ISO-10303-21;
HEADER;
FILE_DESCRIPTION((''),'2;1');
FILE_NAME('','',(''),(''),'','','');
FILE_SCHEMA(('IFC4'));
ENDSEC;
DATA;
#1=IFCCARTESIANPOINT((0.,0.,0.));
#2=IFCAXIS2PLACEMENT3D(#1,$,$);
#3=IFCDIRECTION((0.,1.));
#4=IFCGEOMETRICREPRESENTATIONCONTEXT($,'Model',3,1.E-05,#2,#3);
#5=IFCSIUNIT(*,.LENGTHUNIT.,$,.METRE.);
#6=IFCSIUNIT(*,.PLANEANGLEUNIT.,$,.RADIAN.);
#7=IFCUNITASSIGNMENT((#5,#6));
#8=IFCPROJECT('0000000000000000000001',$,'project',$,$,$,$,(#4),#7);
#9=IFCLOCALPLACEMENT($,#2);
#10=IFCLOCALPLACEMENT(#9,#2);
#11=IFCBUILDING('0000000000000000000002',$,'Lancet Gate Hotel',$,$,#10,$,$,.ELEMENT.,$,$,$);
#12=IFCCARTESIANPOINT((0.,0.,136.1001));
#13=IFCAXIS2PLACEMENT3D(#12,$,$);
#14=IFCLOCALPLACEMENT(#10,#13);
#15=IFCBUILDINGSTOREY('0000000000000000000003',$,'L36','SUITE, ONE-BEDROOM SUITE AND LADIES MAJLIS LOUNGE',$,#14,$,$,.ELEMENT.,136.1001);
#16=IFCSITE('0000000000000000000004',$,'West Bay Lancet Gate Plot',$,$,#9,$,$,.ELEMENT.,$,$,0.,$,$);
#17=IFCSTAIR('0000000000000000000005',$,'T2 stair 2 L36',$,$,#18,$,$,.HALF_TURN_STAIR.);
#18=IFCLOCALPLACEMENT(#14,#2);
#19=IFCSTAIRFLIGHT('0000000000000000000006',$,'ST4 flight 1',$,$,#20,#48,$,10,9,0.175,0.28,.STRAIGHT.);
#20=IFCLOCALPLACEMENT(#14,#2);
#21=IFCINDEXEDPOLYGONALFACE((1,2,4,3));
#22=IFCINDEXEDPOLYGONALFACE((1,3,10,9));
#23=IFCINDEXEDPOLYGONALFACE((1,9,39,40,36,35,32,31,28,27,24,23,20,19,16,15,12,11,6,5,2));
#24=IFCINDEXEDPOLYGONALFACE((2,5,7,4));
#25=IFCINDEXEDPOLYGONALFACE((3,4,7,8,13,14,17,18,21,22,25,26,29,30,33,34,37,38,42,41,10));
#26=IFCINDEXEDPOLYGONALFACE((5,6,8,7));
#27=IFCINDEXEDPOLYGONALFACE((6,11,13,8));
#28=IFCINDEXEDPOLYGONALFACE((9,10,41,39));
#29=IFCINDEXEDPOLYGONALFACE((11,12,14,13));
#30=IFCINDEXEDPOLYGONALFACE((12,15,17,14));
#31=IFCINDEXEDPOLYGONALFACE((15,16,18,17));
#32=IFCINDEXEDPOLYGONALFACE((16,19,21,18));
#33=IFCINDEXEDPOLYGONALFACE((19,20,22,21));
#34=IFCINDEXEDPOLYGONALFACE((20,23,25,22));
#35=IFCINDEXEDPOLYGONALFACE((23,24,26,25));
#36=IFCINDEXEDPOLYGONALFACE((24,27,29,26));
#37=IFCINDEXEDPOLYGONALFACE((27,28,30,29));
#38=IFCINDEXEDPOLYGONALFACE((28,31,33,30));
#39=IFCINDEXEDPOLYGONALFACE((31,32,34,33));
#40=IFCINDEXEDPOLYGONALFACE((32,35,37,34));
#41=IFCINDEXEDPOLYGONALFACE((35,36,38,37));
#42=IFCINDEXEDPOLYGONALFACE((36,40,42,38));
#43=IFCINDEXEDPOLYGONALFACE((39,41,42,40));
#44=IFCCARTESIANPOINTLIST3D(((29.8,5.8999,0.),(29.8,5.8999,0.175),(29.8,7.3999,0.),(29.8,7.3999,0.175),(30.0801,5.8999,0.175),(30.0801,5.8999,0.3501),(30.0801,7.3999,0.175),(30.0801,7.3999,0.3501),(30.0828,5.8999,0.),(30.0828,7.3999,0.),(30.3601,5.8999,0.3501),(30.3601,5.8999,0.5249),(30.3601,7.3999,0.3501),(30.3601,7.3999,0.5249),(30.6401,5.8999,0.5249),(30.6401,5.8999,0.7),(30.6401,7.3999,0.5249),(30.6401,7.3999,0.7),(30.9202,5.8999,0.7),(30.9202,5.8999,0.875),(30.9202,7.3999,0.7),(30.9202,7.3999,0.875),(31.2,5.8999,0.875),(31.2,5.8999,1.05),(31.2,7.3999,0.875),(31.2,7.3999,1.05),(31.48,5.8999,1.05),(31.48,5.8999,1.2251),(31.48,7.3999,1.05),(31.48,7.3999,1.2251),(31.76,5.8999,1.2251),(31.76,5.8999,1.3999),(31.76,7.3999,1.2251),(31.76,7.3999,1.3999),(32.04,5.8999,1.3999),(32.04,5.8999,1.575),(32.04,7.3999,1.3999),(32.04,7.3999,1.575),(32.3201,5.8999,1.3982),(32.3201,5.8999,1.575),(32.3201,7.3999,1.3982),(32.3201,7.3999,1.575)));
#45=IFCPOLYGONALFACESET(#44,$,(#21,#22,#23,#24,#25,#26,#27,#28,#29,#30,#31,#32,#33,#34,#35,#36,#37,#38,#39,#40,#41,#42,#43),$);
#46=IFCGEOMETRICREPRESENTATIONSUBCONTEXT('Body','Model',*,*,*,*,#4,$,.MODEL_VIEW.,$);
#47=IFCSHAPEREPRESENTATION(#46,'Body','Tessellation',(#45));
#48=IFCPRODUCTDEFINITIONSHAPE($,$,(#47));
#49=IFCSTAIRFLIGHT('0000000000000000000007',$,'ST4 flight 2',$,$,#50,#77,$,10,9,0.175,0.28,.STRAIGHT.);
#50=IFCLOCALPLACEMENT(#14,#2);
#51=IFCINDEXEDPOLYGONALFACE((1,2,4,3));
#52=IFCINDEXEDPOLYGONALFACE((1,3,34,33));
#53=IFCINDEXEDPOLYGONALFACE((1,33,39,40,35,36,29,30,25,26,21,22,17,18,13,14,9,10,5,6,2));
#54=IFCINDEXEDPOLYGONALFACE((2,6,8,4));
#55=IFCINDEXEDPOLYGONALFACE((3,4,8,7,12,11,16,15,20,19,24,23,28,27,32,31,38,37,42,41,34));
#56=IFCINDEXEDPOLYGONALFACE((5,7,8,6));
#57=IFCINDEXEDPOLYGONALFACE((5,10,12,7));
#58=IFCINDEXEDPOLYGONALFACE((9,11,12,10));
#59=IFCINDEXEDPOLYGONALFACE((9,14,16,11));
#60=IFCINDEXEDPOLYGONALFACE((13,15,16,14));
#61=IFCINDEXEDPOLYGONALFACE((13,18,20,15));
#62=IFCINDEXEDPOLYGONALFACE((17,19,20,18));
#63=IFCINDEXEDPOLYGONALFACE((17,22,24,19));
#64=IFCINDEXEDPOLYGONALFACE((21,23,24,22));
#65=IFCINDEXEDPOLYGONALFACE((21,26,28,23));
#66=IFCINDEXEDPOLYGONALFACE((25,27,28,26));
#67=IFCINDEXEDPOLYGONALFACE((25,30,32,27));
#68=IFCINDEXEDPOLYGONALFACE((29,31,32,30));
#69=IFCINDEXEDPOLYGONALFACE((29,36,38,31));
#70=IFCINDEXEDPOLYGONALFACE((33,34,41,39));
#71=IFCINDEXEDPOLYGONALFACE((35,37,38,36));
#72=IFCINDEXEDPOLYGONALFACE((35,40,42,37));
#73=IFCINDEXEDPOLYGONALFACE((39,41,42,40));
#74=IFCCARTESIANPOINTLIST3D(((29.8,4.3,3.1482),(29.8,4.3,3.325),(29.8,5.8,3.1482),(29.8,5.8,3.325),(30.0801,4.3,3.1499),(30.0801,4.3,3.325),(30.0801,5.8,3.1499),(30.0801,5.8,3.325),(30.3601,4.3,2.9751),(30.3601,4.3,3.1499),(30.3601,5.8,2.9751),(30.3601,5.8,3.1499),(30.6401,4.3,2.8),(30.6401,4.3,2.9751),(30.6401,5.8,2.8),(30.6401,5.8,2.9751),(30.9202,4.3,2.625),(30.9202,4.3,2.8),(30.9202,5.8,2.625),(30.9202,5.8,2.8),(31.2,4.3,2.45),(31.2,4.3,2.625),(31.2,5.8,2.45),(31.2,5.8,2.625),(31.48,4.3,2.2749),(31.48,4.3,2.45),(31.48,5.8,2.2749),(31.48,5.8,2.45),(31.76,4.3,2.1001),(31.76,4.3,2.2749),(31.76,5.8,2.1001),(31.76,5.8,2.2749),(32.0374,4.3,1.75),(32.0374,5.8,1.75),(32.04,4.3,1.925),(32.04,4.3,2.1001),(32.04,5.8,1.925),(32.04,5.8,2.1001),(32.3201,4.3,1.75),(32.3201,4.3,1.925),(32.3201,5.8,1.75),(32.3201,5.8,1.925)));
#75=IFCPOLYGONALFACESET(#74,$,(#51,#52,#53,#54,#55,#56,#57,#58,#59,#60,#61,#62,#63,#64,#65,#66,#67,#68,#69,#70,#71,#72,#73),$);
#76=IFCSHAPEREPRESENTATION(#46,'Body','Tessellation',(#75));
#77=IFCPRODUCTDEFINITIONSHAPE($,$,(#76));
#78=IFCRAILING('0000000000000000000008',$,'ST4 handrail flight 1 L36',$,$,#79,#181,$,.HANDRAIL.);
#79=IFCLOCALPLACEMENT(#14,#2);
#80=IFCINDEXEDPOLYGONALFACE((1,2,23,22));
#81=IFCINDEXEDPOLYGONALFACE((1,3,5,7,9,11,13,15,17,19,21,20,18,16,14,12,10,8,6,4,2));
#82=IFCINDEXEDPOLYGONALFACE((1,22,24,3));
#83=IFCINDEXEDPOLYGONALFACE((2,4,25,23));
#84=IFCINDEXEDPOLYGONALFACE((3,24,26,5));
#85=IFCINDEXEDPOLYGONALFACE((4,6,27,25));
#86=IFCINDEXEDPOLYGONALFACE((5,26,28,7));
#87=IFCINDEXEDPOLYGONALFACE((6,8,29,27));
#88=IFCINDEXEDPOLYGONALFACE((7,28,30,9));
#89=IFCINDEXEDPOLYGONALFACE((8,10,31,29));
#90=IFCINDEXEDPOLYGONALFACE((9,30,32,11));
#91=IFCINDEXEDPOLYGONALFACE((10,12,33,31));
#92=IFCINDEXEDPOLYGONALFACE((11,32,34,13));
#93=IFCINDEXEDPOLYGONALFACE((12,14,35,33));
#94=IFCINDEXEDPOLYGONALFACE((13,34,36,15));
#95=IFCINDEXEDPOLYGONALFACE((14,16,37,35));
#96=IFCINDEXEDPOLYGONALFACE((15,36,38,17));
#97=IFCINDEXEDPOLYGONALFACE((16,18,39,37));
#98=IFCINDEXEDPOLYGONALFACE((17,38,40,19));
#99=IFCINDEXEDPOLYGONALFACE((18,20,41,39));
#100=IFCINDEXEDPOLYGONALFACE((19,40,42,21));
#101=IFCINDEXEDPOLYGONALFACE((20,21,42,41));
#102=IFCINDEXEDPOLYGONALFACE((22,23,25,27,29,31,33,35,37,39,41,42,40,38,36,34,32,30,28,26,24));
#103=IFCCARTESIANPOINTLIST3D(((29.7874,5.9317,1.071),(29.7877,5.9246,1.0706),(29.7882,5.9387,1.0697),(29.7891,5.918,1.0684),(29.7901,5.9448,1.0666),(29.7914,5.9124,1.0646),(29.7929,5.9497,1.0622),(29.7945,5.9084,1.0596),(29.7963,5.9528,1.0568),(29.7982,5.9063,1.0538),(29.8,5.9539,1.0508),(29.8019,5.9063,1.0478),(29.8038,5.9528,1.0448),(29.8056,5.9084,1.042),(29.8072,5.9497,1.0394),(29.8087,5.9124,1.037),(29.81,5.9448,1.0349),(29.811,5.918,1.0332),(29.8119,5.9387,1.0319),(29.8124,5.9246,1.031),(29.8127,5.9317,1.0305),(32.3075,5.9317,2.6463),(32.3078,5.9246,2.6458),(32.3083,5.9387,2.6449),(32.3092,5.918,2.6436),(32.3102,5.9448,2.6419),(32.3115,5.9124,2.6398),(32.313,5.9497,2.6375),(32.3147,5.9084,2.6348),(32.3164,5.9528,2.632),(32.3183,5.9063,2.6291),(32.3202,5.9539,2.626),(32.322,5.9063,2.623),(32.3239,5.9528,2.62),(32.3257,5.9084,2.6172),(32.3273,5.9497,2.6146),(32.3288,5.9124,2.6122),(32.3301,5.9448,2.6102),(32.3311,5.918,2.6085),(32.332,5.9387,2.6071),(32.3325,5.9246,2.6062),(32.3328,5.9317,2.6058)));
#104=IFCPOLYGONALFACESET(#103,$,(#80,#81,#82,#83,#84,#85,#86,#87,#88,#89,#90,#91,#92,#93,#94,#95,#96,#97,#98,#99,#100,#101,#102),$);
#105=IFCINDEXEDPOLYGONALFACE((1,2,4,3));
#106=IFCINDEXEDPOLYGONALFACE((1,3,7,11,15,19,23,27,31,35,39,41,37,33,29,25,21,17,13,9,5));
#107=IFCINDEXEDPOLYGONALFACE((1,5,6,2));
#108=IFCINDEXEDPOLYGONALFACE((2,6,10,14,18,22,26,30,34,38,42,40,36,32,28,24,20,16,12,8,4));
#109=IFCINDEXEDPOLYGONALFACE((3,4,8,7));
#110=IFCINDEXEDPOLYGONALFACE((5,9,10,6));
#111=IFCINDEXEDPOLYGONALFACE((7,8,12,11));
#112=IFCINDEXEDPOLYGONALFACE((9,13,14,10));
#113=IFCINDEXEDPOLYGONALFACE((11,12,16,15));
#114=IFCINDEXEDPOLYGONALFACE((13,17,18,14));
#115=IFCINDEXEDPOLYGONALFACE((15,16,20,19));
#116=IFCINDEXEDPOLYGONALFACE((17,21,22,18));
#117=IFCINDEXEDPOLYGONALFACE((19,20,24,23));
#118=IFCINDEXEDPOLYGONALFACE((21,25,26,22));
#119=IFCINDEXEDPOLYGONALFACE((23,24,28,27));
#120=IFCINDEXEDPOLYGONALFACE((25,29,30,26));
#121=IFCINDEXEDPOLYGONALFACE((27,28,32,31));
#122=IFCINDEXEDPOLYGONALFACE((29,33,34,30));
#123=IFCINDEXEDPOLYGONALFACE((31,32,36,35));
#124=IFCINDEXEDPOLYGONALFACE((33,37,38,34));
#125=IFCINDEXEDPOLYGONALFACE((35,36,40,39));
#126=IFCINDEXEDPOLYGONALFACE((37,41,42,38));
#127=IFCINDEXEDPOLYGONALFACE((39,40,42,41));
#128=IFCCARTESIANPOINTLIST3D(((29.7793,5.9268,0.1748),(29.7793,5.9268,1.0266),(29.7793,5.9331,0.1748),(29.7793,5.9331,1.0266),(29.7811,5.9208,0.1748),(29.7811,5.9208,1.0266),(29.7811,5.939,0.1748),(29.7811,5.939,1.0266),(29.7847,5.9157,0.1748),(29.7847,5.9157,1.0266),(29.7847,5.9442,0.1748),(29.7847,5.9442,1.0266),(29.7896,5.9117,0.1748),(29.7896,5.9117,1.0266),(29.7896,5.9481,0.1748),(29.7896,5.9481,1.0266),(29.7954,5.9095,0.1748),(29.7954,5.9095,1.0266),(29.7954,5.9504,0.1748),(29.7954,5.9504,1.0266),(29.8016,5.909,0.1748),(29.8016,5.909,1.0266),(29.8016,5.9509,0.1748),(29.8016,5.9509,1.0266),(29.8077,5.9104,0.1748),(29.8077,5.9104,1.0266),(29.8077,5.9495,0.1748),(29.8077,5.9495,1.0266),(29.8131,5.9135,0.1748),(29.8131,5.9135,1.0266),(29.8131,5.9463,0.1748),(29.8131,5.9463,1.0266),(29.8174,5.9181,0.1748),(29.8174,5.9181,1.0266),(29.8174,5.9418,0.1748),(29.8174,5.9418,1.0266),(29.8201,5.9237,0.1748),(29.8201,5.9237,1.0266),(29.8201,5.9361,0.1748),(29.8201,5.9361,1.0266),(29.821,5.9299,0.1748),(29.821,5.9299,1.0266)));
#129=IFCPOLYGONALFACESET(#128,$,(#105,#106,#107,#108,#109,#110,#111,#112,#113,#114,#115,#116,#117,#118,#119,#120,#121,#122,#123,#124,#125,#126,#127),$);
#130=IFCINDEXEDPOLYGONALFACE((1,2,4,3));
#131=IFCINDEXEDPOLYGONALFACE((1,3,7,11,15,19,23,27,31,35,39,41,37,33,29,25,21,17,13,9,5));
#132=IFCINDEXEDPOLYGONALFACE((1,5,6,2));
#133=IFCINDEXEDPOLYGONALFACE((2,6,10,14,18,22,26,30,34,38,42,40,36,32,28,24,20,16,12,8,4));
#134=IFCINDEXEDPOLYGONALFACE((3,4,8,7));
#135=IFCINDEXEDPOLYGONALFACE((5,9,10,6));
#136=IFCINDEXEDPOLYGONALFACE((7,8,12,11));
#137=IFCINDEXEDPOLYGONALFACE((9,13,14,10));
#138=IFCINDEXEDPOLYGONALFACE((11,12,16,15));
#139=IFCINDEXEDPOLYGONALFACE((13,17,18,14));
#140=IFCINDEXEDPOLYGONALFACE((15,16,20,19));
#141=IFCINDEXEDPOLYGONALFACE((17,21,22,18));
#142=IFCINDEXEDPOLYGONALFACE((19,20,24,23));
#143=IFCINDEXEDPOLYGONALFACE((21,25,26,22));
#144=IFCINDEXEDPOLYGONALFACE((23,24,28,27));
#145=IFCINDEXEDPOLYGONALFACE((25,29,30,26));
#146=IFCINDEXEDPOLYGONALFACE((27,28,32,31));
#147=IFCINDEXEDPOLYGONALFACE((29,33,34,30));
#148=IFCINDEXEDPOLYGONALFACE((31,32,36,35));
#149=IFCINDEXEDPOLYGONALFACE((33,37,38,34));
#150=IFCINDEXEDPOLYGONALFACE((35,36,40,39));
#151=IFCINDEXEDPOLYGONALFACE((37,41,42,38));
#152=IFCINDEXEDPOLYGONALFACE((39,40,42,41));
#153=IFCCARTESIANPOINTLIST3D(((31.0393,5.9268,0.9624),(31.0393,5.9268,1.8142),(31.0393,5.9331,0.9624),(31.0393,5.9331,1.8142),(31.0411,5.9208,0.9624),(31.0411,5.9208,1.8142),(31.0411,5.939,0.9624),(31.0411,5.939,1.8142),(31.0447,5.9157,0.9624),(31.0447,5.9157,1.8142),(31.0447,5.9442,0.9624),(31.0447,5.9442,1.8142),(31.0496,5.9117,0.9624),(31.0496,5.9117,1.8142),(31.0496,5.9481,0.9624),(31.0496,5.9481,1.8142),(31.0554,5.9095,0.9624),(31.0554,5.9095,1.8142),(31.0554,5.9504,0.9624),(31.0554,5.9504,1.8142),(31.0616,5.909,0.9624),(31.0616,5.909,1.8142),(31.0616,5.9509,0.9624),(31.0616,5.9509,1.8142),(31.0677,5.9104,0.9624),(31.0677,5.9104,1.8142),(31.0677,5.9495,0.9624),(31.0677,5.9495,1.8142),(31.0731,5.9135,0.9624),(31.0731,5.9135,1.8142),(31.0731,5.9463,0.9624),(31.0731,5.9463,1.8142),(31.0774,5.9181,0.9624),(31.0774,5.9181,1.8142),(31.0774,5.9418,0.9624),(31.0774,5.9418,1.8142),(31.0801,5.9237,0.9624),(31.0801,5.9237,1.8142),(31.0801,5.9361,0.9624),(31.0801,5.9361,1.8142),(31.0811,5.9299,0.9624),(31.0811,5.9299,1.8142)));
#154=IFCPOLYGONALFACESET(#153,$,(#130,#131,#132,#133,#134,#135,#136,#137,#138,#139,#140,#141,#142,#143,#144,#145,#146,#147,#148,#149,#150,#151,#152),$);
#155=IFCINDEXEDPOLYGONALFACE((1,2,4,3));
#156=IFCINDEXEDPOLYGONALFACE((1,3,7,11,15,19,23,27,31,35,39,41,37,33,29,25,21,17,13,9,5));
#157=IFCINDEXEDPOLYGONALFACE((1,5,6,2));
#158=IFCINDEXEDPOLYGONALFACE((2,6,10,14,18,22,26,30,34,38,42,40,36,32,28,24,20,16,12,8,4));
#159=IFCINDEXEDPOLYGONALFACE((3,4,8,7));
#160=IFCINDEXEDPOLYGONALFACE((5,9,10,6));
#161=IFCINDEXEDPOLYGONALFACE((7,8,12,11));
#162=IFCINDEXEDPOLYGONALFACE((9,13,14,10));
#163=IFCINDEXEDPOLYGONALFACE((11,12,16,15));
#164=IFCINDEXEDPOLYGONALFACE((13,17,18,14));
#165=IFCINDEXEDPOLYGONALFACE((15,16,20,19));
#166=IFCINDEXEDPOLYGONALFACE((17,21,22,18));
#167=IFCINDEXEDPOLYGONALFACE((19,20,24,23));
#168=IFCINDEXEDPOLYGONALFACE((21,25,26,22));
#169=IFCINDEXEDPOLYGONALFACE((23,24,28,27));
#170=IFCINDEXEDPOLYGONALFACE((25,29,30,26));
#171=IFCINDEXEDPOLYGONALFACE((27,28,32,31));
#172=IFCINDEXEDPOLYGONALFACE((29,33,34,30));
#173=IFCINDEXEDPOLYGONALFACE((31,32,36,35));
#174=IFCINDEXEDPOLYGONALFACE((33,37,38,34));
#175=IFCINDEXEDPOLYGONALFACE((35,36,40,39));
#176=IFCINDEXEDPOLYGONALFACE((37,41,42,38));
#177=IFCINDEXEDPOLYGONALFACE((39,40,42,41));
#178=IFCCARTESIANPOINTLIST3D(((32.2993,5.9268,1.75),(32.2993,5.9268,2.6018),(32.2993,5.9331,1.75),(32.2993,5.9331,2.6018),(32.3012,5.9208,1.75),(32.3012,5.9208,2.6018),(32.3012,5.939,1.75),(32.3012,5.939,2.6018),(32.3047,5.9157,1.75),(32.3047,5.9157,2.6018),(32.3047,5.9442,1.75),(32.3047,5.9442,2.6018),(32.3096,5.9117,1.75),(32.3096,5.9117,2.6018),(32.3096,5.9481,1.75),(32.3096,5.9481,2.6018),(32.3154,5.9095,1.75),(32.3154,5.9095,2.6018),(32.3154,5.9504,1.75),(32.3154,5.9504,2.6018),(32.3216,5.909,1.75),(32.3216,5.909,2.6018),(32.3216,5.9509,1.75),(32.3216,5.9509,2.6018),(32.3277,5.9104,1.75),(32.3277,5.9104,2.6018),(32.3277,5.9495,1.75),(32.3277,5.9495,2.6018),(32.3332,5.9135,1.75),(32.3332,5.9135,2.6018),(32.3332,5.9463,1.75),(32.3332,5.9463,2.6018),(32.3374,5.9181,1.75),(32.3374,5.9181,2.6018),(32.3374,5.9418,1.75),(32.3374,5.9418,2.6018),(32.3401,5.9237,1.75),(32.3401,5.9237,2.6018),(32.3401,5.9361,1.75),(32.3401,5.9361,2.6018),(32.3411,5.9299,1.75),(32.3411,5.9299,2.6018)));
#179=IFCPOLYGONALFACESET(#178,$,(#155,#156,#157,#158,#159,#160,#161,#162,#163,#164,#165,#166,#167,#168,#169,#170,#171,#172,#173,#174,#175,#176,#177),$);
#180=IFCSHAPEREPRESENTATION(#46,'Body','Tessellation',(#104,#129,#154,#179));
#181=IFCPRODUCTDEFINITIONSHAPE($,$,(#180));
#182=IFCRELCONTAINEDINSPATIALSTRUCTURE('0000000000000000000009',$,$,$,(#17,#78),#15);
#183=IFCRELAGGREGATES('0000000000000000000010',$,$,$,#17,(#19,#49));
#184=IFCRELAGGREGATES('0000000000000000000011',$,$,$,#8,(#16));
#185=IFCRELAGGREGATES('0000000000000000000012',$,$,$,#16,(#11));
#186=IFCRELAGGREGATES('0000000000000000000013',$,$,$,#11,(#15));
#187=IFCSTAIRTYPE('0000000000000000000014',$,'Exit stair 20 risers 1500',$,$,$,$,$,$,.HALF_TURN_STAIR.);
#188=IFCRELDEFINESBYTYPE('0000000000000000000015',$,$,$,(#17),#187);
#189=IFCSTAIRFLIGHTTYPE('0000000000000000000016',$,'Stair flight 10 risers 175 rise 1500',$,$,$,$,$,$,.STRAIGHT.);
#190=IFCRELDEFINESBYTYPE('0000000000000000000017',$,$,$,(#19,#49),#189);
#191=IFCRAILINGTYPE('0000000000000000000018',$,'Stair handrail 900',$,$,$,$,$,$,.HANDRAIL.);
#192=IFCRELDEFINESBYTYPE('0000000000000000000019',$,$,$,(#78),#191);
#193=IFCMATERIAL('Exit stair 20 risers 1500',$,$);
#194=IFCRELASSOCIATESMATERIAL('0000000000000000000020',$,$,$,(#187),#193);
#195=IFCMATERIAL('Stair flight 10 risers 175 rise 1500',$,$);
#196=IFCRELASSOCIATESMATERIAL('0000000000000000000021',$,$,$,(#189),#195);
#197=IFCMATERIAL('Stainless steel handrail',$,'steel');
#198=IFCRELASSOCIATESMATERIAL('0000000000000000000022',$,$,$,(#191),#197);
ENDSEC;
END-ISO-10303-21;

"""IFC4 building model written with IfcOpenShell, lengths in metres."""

from ifc_helpers import new_model, si_unit, direction, frame, origin, origin_2d, place, context, subcontext, project, spatial, polyline, circle, outline, extrude, material, type_object, element, aggregate, save


model = new_model("IFC4")

# Units and contexts
model_context = context("Model", 3, precision=1e-05, world=origin(), true_north=direction((0.0, 1.0)))
body_context = subcontext(model_context, "Body", "Model", "MODEL_VIEW")
ifc_project = project(units=[si_unit("LENGTHUNIT", "METRE"), si_unit("PLANEANGLEUNIT", "RADIAN")], contexts=[model_context])

# Site, building, storey
site_placement = place(None, origin())
site = spatial("IfcSite", under=ifc_project, at=site_placement, Name="West Bay Lancet Gate Plot", CompositionType="ELEMENT", RefElevation=0.0)
building_placement = place(site_placement, origin())
building = spatial("IfcBuilding", under=site, at=building_placement, Name="Lancet Gate Hotel", CompositionType="ELEMENT")
storey_placement = place(building_placement, frame((0.0, 0.0, 136.1001)))
storey = spatial("IfcBuildingStorey", under=building, at=storey_placement, Name="L36", Description="SUITE, ONE-BEDROOM SUITE AND LADIES MAJLIS LOUNGE", CompositionType="ELEMENT", Elevation=136.1001)

# Stair, stair flights
ifc_material_1 = material(Name="Exit stair 20 risers 1500")
stair_type = type_object("IfcStairType", Name="Exit stair 20 risers 1500", PredefinedType="HALF_TURN_STAIR", material=ifc_material_1)
stair_placement = place(storey_placement, origin())
stair = element("IfcStair", 1, at=stair_placement, inside=storey, type_object=stair_type, Name="T2 stair 2 L36", PredefinedType="HALF_TURN_STAIR")
ifc_material_2 = material(Name="Stair flight 10 risers 175 rise 1500")
stair_flight_type = type_object("IfcStairFlightType", Name="Stair flight 10 risers 175 rise 1500", PredefinedType="STRAIGHT", material=ifc_material_2)
stair_flight_1_placement = place(storey_placement, frame((29.8, 6.6499, 0.0), z_axis=(0.0, 0.0, 1.0), x_axis=(1.0, 0.0, 0.0)))
stair_flight_1 = element("IfcStairFlight", 2, at=stair_flight_1_placement, type_object=stair_flight_type, Name="ST4 flight 1", NumberOfRisers=10, NumberOfTreads=9, PredefinedType="STRAIGHT", RiserHeight=0.175, TreadLength=0.28, context=body_context, shape_type="SweptSolid", body=[
    extrude(outline(polyline([(0.0, 0.0), (0.0, 0.175), (0.28, 0.175), (0.28, 0.3501), (0.5601, 0.3501), (0.5601, 0.5249), (0.8401, 0.5249), (0.8401, 0.7), (1.1201, 0.7), (1.1201, 0.875), (1.3999, 0.875), (1.3999, 1.05), (1.6799, 1.05), (1.6799, 1.2251), (1.96, 1.2251), (1.96, 1.3999), (2.24, 1.3999), (2.24, 1.575), (2.52, 1.575), (2.52, 1.75), (2.52, 1.3982), (0.2827, 0.0), (0.0, 0.0)])), frame((0.0, 0.75, 0.0), z_axis=(0.0, -1.0, 0.0), x_axis=(1.0, 0.0, 0.0)), (0.0, 0.0, 1.0), 1.5),
])
stair_flight_2_placement = place(storey_placement, frame((32.3201, 5.05, 1.75), z_axis=(0.0, 0.0, 1.0), x_axis=(-1.0, 0.0, 0.0)))
stair_flight_2 = element("IfcStairFlight", 3, at=stair_flight_2_placement, type_object=stair_flight_type, Name="ST4 flight 2", NumberOfRisers=10, NumberOfTreads=9, PredefinedType="STRAIGHT", RiserHeight=0.175, TreadLength=0.28, context=body_context, shape_type="SweptSolid", body=[
    extrude(outline(polyline([(0.0, 0.0), (0.0, 0.175), (0.28, 0.175), (0.28, 0.3501), (0.5601, 0.3501), (0.5601, 0.5249), (0.8401, 0.5249), (0.8401, 0.7), (1.1201, 0.7), (1.1201, 0.875), (1.3999, 0.875), (1.3999, 1.05), (1.6799, 1.05), (1.6799, 1.2251), (1.96, 1.2251), (1.96, 1.3999), (2.24, 1.3999), (2.24, 1.575), (2.52, 1.575), (2.52, 1.75), (2.52, 1.3982), (0.2827, 0.0), (0.0, 0.0)])), frame((0.0, 0.75, 0.0), z_axis=(0.0, -1.0, 0.0), x_axis=(1.0, 0.0, 0.0)), (0.0, 0.0, 1.0), 1.5),
])
aggregate(stair, [stair_flight_1, stair_flight_2])

# Railing
ifc_material_3 = material(Name="Stainless steel handrail", Category="steel")
railing_type = type_object("IfcRailingType", Name="Stair handrail 900", PredefinedType="HANDRAIL", material=ifc_material_3)
railing_1_placement = place(storey_placement, frame((29.8, 5.9299, 0.1748)))
element("IfcRailing", 4, at=railing_1_placement, inside=storey, type_object=railing_type, Name="ST4 handrail flight 1 L36", PredefinedType="HANDRAIL", context=body_context, shape_type="SweptSolid", body=[
    extrude(circle(Radius=0.0239, at=origin_2d()), frame((0.0, 0.0, 0.876), z_axis=(0.847971, 0.0, 0.530043), x_axis=(0.0, 1.0, 0.0)), (0.0, 0.0, 1.0), 2.9719),
    extrude(circle(Radius=0.021, at=origin_2d()), origin(), (0.0, 0.0, 1.0), 0.8518),
    extrude(circle(Radius=0.021, at=origin_2d()), frame((1.26, 0.0, 0.7876)), (0.0, 0.0, 1.0), 0.8518),
    extrude(circle(Radius=0.021, at=origin_2d()), frame((2.52, 0.0, 1.5752)), (0.0, 0.0, 1.0), 0.8518),
])

save(model, "model.ifc")
